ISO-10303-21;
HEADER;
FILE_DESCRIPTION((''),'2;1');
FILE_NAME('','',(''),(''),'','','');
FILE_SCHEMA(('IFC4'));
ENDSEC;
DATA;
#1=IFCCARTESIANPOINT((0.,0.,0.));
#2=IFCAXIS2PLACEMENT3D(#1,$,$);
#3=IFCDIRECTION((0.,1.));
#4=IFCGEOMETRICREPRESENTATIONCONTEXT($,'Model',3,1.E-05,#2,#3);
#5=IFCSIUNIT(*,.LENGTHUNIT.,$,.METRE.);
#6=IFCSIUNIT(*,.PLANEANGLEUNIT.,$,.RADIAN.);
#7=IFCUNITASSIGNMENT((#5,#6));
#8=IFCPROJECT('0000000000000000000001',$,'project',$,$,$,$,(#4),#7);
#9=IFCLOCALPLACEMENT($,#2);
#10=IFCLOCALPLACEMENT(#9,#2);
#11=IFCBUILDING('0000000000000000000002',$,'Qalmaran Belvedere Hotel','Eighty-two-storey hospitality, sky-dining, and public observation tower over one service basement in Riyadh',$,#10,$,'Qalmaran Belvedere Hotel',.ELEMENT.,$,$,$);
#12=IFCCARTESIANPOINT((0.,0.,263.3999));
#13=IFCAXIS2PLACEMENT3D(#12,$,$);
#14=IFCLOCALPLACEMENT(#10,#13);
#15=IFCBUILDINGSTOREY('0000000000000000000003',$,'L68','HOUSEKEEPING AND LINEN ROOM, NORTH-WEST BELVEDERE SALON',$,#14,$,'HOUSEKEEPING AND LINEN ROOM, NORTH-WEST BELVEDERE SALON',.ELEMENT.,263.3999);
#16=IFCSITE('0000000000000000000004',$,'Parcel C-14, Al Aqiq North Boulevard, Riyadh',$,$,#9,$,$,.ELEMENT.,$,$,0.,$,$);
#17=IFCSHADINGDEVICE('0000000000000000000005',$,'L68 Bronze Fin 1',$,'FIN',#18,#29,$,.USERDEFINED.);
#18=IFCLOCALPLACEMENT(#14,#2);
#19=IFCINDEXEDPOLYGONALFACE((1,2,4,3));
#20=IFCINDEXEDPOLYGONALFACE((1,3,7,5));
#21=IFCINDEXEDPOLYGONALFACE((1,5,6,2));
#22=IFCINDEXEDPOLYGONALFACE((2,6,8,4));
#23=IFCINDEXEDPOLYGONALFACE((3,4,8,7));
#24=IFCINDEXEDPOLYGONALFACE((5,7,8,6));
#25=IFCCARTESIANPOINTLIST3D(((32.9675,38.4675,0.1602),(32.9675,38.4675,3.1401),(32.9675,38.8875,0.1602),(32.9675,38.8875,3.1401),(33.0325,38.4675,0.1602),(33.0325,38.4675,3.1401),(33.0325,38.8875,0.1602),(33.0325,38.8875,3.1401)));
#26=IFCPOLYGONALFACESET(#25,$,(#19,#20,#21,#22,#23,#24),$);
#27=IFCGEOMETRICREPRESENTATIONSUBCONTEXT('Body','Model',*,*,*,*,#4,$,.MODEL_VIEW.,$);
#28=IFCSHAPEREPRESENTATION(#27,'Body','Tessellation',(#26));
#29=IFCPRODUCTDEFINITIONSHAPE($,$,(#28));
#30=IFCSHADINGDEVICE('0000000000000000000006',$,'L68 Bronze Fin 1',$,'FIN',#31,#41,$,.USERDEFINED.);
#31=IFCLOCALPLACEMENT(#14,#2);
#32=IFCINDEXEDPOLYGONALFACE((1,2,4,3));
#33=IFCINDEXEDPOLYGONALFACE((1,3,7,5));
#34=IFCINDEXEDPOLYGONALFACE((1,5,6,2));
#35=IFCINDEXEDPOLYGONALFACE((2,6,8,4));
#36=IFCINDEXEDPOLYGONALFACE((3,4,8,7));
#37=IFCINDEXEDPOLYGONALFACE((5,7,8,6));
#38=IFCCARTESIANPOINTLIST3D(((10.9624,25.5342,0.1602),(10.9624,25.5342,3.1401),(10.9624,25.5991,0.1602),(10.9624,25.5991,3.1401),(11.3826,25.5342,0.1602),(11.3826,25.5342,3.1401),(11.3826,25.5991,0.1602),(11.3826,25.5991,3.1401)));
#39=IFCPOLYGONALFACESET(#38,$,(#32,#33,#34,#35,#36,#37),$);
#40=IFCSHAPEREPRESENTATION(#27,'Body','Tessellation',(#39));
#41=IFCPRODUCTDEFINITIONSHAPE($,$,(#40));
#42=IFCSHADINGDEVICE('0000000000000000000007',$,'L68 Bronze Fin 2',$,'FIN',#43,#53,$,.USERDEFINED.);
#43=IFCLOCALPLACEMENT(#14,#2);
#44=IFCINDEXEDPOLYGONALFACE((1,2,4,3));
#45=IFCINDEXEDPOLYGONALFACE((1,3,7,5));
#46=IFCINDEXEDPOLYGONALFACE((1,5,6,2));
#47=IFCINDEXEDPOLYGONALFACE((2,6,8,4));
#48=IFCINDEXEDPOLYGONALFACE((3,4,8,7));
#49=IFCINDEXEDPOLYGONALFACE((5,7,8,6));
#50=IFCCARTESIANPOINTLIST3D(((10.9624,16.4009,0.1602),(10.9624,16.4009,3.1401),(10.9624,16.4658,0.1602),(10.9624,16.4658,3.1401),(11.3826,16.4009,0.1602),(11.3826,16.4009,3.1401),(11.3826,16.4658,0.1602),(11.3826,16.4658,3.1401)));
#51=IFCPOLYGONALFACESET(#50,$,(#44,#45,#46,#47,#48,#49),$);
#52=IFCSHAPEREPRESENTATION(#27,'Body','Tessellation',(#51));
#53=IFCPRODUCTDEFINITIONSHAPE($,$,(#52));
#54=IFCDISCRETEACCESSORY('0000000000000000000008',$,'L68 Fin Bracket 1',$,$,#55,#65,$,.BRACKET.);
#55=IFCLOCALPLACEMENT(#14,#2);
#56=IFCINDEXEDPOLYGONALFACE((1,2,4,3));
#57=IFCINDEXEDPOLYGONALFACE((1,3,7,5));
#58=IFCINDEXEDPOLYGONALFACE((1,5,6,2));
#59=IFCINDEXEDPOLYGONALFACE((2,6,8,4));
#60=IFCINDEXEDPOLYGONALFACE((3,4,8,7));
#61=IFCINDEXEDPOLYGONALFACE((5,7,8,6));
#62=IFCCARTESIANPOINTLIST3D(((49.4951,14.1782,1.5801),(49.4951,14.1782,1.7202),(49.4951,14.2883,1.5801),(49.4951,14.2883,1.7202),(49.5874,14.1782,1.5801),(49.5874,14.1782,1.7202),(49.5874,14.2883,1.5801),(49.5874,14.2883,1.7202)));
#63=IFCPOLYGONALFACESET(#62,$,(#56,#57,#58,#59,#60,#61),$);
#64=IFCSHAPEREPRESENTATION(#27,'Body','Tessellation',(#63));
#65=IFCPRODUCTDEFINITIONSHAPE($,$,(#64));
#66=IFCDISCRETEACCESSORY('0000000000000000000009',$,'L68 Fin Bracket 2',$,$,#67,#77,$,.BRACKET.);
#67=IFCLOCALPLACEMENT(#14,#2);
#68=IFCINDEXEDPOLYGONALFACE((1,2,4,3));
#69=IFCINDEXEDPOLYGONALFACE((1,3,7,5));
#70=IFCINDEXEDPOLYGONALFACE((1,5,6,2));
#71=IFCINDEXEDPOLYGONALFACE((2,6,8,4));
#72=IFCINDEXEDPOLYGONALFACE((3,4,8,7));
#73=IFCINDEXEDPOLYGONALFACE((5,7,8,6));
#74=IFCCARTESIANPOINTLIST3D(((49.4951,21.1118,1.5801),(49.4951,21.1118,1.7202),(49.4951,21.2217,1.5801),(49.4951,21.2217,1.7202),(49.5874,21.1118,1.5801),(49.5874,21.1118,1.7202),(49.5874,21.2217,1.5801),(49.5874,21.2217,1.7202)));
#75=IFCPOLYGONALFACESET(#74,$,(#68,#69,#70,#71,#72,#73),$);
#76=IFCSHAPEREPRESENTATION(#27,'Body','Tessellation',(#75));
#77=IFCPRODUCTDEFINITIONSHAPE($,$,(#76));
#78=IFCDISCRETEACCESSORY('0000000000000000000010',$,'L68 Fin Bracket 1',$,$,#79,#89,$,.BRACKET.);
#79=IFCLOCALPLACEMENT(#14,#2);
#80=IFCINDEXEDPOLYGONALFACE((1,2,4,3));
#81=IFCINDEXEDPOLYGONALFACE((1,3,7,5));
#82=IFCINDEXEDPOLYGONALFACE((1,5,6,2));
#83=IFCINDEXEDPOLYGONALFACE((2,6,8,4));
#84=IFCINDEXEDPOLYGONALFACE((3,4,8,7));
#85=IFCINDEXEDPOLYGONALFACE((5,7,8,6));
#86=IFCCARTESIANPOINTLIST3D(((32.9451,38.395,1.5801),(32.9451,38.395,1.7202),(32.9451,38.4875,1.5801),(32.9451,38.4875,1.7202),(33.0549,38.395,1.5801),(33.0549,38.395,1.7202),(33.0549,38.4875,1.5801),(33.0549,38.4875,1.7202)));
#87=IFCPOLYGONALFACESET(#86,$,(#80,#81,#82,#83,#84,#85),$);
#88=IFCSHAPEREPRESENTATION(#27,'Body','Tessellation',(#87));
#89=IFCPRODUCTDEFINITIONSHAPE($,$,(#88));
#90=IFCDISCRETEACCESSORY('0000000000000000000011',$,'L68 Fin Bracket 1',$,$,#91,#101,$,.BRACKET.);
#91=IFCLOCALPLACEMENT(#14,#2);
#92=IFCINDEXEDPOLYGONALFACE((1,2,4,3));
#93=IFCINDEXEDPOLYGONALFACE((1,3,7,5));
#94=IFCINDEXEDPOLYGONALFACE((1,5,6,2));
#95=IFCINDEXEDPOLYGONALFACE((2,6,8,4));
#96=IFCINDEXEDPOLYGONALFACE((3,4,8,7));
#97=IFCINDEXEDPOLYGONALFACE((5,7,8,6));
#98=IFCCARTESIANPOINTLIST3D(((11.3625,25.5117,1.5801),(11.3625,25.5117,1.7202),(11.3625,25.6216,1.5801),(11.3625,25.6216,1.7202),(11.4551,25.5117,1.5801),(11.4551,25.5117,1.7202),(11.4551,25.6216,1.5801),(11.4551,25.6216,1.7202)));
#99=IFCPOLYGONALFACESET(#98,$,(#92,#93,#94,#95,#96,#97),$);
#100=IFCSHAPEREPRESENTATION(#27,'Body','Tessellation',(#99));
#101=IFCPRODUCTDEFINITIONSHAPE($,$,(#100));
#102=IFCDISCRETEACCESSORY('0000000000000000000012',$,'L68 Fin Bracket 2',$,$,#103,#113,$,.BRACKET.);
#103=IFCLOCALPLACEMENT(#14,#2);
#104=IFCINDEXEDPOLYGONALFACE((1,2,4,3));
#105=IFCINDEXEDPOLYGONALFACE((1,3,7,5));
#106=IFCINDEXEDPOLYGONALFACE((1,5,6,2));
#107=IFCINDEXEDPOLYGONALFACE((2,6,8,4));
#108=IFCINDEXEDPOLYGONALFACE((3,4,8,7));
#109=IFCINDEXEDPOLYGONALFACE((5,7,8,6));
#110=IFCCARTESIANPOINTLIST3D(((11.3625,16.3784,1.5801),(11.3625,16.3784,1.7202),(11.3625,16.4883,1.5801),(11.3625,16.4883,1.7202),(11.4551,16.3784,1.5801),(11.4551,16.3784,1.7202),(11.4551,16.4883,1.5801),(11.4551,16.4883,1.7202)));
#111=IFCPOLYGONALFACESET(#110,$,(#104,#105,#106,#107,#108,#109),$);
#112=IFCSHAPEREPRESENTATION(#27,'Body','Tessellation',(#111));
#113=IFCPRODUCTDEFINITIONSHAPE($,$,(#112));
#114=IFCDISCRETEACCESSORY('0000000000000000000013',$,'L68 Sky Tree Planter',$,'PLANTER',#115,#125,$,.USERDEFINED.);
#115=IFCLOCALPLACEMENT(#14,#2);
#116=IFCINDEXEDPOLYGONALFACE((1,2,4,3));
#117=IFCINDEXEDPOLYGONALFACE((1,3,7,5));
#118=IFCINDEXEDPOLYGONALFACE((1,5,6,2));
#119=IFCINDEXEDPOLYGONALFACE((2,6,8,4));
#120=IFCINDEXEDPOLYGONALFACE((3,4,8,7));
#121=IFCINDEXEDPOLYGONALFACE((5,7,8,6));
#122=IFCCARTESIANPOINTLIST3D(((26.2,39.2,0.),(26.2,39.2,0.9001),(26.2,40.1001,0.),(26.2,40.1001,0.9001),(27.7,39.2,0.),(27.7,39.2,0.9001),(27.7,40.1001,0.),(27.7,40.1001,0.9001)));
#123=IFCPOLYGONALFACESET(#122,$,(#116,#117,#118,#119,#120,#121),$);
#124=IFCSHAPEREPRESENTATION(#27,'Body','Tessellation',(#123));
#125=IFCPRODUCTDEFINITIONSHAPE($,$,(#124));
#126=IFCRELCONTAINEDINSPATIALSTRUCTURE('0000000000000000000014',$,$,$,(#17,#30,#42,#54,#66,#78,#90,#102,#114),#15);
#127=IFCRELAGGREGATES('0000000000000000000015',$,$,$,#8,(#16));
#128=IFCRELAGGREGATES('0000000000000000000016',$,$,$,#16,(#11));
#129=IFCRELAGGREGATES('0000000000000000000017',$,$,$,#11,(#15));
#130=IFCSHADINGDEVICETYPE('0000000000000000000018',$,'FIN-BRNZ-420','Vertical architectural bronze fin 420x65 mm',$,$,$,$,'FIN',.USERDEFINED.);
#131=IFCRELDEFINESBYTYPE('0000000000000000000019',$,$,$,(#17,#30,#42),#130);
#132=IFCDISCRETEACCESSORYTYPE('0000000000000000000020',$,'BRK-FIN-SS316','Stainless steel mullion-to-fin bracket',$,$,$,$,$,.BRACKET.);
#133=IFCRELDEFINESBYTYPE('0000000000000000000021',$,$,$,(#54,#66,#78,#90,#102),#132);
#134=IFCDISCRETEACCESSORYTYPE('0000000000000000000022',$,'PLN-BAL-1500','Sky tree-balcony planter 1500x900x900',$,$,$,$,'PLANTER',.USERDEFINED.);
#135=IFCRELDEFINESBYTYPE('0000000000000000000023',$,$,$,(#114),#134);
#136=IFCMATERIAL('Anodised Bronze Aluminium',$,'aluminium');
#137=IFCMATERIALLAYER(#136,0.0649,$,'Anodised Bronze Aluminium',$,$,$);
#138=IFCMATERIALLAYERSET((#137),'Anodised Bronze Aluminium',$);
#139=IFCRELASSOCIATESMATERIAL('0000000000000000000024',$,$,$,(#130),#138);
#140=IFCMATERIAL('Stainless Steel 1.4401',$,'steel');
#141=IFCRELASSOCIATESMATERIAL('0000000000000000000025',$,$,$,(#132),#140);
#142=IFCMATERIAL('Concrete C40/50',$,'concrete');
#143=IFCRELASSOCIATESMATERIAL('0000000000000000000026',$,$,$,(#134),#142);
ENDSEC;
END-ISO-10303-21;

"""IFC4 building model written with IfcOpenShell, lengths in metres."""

from ifc_helpers import new_model, si_unit, direction, frame, origin, place, context, subcontext, project, spatial, polyline, outline, extrude, material, layer, layer_set, type_object, element, save


model = new_model("IFC4")

# Units and contexts
model_context = context("Model", 3, precision=1e-05, world=origin(), true_north=direction((0.0, 1.0)))
body_context = subcontext(model_context, "Body", "Model", "MODEL_VIEW")
ifc_project = project(units=[si_unit("LENGTHUNIT", "METRE"), si_unit("PLANEANGLEUNIT", "RADIAN")], contexts=[model_context])

# Site, building, storey
site_placement = place(None, origin())
site = spatial("IfcSite", under=ifc_project, at=site_placement, Name="Parcel C-14, Al Aqiq North Boulevard, Riyadh", CompositionType="ELEMENT", RefElevation=0.0)
building_placement = place(site_placement, origin())
building = spatial("IfcBuilding", under=site, at=building_placement, Name="Qalmaran Belvedere Hotel", Description="Eighty-two-storey hospitality, sky-dining, and public observation tower over one service basement in Riyadh", LongName="Qalmaran Belvedere Hotel", CompositionType="ELEMENT")
storey_placement = place(building_placement, frame((0.0, 0.0, 263.3999)))
storey = spatial("IfcBuildingStorey", under=building, at=storey_placement, Name="L68", Description="HOUSEKEEPING AND LINEN ROOM, NORTH-WEST BELVEDERE SALON", LongName="HOUSEKEEPING AND LINEN ROOM, NORTH-WEST BELVEDERE SALON", CompositionType="ELEMENT", Elevation=263.3999)

# Shared definitions
ifc_material_1 = material(Name="Anodised Bronze Aluminium", Category="aluminium")

# Shared definitions
ifc_material_2 = material(Name="Concrete C40/50", Category="concrete")

# Shading devices
ifc_layer_1 = layer(ifc_material_1, 0.0649, Name="Anodised Bronze Aluminium")
ifc_layer_set_1 = layer_set([ifc_layer_1], Name="Anodised Bronze Aluminium")
shading_device_type = type_object("IfcShadingDeviceType", Name="FIN-BRNZ-420", Description="Vertical architectural bronze fin 420x65 mm", ElementType="FIN", PredefinedType="USERDEFINED", material=ifc_layer_set_1)
shading_device_1_placement = place(storey_placement, frame((0.0, 0.0, 0.1602)))
element("IfcShadingDevice", 1, at=shading_device_1_placement, inside=storey, type_object=shading_device_type, Name="L68 Bronze Fin 1", ObjectType="FIN", PredefinedType="USERDEFINED", context=body_context, shape_type="SweptSolid", body=[
    extrude(outline(polyline([(33.0325, 38.4675), (33.0325, 38.8875), (32.9675, 38.8875), (32.9675, 38.4675), (33.0325, 38.4675)])), origin(), (0.0, 0.0, 1.0), 2.98),
])
shading_device_2_placement = place(storey_placement, frame((0.0, 0.0, 0.1602)))
element("IfcShadingDevice", 2, at=shading_device_2_placement, inside=storey, type_object=shading_device_type, Name="L68 Bronze Fin 1", ObjectType="FIN", PredefinedType="USERDEFINED", context=body_context, shape_type="SweptSolid", body=[
    extrude(outline(polyline([(11.3826, 25.5991), (10.9624, 25.5991), (10.9624, 25.5342), (11.3826, 25.5342), (11.3826, 25.5991)])), origin(), (0.0, 0.0, 1.0), 2.98),
])
shading_device_3_placement = place(storey_placement, frame((0.0, 0.0, 0.1602)))
element("IfcShadingDevice", 3, at=shading_device_3_placement, inside=storey, type_object=shading_device_type, Name="L68 Bronze Fin 2", ObjectType="FIN", PredefinedType="USERDEFINED", context=body_context, shape_type="SweptSolid", body=[
    extrude(outline(polyline([(11.3826, 16.4658), (10.9624, 16.4658), (10.9624, 16.4009), (11.3826, 16.4009), (11.3826, 16.4658)])), origin(), (0.0, 0.0, 1.0), 2.98),
])

# Discrete accessories
ifc_material_3 = material(Name="Stainless Steel 1.4401", Category="steel")
discrete_accessory_type_1 = type_object("IfcDiscreteAccessoryType", Name="BRK-FIN-SS316", Description="Stainless steel mullion-to-fin bracket", PredefinedType="BRACKET", material=ifc_material_3)
discrete_accessory_1_placement = place(storey_placement, frame((0.0, 0.0, 1.5801)))
element("IfcDiscreteAccessory", 4, at=discrete_accessory_1_placement, inside=storey, type_object=discrete_accessory_type_1, Name="L68 Fin Bracket 1", PredefinedType="BRACKET", context=body_context, shape_type="SweptSolid", body=[
    extrude(outline(polyline([(49.4951, 14.1782), (49.5874, 14.1782), (49.5874, 14.2883), (49.4951, 14.2883), (49.4951, 14.1782)])), origin(), (0.0, 0.0, 1.0), 0.1401),
])
discrete_accessory_2_placement = place(storey_placement, frame((0.0, 0.0, 1.5801)))
element("IfcDiscreteAccessory", 5, at=discrete_accessory_2_placement, inside=storey, type_object=discrete_accessory_type_1, Name="L68 Fin Bracket 2", PredefinedType="BRACKET", context=body_context, shape_type="SweptSolid", body=[
    extrude(outline(polyline([(49.4951, 21.1118), (49.5874, 21.1118), (49.5874, 21.2217), (49.4951, 21.2217), (49.4951, 21.1118)])), origin(), (0.0, 0.0, 1.0), 0.1401),
])
discrete_accessory_3_placement = place(storey_placement, frame((0.0, 0.0, 1.5801)))
element("IfcDiscreteAccessory", 6, at=discrete_accessory_3_placement, inside=storey, type_object=discrete_accessory_type_1, Name="L68 Fin Bracket 1", PredefinedType="BRACKET", context=body_context, shape_type="SweptSolid", body=[
    extrude(outline(polyline([(33.0549, 38.395), (33.0549, 38.4875), (32.9451, 38.4875), (32.9451, 38.395), (33.0549, 38.395)])), origin(), (0.0, 0.0, 1.0), 0.1401),
])
discrete_accessory_4_placement = place(storey_placement, frame((0.0, 0.0, 1.5801)))
element("IfcDiscreteAccessory", 7, at=discrete_accessory_4_placement, inside=storey, type_object=discrete_accessory_type_1, Name="L68 Fin Bracket 1", PredefinedType="BRACKET", context=body_context, shape_type="SweptSolid", body=[
    extrude(outline(polyline([(11.4551, 25.6216), (11.3625, 25.6216), (11.3625, 25.5117), (11.4551, 25.5117), (11.4551, 25.6216)])), origin(), (0.0, 0.0, 1.0), 0.1401),
])
discrete_accessory_5_placement = place(storey_placement, frame((0.0, 0.0, 1.5801)))
element("IfcDiscreteAccessory", 8, at=discrete_accessory_5_placement, inside=storey, type_object=discrete_accessory_type_1, Name="L68 Fin Bracket 2", PredefinedType="BRACKET", context=body_context, shape_type="SweptSolid", body=[
    extrude(outline(polyline([(11.4551, 16.4883), (11.3625, 16.4883), (11.3625, 16.3784), (11.4551, 16.3784), (11.4551, 16.4883)])), origin(), (0.0, 0.0, 1.0), 0.1401),
])
discrete_accessory_type_2 = type_object("IfcDiscreteAccessoryType", Name="PLN-BAL-1500", Description="Sky tree-balcony planter 1500x900x900", ElementType="PLANTER", PredefinedType="USERDEFINED", material=ifc_material_2)
discrete_accessory_6_placement = place(storey_placement, origin())
element("IfcDiscreteAccessory", 9, at=discrete_accessory_6_placement, inside=storey, type_object=discrete_accessory_type_2, Name="L68 Sky Tree Planter", ObjectType="PLANTER", PredefinedType="USERDEFINED", context=body_context, shape_type="SweptSolid", body=[
    extrude(outline(polyline([(26.2, 39.2), (27.7, 39.2), (27.7, 40.1001), (26.2, 40.1001), (26.2, 39.2)])), origin(), (0.0, 0.0, 1.0), 0.9001),
])

save(model, "model.ifc")
